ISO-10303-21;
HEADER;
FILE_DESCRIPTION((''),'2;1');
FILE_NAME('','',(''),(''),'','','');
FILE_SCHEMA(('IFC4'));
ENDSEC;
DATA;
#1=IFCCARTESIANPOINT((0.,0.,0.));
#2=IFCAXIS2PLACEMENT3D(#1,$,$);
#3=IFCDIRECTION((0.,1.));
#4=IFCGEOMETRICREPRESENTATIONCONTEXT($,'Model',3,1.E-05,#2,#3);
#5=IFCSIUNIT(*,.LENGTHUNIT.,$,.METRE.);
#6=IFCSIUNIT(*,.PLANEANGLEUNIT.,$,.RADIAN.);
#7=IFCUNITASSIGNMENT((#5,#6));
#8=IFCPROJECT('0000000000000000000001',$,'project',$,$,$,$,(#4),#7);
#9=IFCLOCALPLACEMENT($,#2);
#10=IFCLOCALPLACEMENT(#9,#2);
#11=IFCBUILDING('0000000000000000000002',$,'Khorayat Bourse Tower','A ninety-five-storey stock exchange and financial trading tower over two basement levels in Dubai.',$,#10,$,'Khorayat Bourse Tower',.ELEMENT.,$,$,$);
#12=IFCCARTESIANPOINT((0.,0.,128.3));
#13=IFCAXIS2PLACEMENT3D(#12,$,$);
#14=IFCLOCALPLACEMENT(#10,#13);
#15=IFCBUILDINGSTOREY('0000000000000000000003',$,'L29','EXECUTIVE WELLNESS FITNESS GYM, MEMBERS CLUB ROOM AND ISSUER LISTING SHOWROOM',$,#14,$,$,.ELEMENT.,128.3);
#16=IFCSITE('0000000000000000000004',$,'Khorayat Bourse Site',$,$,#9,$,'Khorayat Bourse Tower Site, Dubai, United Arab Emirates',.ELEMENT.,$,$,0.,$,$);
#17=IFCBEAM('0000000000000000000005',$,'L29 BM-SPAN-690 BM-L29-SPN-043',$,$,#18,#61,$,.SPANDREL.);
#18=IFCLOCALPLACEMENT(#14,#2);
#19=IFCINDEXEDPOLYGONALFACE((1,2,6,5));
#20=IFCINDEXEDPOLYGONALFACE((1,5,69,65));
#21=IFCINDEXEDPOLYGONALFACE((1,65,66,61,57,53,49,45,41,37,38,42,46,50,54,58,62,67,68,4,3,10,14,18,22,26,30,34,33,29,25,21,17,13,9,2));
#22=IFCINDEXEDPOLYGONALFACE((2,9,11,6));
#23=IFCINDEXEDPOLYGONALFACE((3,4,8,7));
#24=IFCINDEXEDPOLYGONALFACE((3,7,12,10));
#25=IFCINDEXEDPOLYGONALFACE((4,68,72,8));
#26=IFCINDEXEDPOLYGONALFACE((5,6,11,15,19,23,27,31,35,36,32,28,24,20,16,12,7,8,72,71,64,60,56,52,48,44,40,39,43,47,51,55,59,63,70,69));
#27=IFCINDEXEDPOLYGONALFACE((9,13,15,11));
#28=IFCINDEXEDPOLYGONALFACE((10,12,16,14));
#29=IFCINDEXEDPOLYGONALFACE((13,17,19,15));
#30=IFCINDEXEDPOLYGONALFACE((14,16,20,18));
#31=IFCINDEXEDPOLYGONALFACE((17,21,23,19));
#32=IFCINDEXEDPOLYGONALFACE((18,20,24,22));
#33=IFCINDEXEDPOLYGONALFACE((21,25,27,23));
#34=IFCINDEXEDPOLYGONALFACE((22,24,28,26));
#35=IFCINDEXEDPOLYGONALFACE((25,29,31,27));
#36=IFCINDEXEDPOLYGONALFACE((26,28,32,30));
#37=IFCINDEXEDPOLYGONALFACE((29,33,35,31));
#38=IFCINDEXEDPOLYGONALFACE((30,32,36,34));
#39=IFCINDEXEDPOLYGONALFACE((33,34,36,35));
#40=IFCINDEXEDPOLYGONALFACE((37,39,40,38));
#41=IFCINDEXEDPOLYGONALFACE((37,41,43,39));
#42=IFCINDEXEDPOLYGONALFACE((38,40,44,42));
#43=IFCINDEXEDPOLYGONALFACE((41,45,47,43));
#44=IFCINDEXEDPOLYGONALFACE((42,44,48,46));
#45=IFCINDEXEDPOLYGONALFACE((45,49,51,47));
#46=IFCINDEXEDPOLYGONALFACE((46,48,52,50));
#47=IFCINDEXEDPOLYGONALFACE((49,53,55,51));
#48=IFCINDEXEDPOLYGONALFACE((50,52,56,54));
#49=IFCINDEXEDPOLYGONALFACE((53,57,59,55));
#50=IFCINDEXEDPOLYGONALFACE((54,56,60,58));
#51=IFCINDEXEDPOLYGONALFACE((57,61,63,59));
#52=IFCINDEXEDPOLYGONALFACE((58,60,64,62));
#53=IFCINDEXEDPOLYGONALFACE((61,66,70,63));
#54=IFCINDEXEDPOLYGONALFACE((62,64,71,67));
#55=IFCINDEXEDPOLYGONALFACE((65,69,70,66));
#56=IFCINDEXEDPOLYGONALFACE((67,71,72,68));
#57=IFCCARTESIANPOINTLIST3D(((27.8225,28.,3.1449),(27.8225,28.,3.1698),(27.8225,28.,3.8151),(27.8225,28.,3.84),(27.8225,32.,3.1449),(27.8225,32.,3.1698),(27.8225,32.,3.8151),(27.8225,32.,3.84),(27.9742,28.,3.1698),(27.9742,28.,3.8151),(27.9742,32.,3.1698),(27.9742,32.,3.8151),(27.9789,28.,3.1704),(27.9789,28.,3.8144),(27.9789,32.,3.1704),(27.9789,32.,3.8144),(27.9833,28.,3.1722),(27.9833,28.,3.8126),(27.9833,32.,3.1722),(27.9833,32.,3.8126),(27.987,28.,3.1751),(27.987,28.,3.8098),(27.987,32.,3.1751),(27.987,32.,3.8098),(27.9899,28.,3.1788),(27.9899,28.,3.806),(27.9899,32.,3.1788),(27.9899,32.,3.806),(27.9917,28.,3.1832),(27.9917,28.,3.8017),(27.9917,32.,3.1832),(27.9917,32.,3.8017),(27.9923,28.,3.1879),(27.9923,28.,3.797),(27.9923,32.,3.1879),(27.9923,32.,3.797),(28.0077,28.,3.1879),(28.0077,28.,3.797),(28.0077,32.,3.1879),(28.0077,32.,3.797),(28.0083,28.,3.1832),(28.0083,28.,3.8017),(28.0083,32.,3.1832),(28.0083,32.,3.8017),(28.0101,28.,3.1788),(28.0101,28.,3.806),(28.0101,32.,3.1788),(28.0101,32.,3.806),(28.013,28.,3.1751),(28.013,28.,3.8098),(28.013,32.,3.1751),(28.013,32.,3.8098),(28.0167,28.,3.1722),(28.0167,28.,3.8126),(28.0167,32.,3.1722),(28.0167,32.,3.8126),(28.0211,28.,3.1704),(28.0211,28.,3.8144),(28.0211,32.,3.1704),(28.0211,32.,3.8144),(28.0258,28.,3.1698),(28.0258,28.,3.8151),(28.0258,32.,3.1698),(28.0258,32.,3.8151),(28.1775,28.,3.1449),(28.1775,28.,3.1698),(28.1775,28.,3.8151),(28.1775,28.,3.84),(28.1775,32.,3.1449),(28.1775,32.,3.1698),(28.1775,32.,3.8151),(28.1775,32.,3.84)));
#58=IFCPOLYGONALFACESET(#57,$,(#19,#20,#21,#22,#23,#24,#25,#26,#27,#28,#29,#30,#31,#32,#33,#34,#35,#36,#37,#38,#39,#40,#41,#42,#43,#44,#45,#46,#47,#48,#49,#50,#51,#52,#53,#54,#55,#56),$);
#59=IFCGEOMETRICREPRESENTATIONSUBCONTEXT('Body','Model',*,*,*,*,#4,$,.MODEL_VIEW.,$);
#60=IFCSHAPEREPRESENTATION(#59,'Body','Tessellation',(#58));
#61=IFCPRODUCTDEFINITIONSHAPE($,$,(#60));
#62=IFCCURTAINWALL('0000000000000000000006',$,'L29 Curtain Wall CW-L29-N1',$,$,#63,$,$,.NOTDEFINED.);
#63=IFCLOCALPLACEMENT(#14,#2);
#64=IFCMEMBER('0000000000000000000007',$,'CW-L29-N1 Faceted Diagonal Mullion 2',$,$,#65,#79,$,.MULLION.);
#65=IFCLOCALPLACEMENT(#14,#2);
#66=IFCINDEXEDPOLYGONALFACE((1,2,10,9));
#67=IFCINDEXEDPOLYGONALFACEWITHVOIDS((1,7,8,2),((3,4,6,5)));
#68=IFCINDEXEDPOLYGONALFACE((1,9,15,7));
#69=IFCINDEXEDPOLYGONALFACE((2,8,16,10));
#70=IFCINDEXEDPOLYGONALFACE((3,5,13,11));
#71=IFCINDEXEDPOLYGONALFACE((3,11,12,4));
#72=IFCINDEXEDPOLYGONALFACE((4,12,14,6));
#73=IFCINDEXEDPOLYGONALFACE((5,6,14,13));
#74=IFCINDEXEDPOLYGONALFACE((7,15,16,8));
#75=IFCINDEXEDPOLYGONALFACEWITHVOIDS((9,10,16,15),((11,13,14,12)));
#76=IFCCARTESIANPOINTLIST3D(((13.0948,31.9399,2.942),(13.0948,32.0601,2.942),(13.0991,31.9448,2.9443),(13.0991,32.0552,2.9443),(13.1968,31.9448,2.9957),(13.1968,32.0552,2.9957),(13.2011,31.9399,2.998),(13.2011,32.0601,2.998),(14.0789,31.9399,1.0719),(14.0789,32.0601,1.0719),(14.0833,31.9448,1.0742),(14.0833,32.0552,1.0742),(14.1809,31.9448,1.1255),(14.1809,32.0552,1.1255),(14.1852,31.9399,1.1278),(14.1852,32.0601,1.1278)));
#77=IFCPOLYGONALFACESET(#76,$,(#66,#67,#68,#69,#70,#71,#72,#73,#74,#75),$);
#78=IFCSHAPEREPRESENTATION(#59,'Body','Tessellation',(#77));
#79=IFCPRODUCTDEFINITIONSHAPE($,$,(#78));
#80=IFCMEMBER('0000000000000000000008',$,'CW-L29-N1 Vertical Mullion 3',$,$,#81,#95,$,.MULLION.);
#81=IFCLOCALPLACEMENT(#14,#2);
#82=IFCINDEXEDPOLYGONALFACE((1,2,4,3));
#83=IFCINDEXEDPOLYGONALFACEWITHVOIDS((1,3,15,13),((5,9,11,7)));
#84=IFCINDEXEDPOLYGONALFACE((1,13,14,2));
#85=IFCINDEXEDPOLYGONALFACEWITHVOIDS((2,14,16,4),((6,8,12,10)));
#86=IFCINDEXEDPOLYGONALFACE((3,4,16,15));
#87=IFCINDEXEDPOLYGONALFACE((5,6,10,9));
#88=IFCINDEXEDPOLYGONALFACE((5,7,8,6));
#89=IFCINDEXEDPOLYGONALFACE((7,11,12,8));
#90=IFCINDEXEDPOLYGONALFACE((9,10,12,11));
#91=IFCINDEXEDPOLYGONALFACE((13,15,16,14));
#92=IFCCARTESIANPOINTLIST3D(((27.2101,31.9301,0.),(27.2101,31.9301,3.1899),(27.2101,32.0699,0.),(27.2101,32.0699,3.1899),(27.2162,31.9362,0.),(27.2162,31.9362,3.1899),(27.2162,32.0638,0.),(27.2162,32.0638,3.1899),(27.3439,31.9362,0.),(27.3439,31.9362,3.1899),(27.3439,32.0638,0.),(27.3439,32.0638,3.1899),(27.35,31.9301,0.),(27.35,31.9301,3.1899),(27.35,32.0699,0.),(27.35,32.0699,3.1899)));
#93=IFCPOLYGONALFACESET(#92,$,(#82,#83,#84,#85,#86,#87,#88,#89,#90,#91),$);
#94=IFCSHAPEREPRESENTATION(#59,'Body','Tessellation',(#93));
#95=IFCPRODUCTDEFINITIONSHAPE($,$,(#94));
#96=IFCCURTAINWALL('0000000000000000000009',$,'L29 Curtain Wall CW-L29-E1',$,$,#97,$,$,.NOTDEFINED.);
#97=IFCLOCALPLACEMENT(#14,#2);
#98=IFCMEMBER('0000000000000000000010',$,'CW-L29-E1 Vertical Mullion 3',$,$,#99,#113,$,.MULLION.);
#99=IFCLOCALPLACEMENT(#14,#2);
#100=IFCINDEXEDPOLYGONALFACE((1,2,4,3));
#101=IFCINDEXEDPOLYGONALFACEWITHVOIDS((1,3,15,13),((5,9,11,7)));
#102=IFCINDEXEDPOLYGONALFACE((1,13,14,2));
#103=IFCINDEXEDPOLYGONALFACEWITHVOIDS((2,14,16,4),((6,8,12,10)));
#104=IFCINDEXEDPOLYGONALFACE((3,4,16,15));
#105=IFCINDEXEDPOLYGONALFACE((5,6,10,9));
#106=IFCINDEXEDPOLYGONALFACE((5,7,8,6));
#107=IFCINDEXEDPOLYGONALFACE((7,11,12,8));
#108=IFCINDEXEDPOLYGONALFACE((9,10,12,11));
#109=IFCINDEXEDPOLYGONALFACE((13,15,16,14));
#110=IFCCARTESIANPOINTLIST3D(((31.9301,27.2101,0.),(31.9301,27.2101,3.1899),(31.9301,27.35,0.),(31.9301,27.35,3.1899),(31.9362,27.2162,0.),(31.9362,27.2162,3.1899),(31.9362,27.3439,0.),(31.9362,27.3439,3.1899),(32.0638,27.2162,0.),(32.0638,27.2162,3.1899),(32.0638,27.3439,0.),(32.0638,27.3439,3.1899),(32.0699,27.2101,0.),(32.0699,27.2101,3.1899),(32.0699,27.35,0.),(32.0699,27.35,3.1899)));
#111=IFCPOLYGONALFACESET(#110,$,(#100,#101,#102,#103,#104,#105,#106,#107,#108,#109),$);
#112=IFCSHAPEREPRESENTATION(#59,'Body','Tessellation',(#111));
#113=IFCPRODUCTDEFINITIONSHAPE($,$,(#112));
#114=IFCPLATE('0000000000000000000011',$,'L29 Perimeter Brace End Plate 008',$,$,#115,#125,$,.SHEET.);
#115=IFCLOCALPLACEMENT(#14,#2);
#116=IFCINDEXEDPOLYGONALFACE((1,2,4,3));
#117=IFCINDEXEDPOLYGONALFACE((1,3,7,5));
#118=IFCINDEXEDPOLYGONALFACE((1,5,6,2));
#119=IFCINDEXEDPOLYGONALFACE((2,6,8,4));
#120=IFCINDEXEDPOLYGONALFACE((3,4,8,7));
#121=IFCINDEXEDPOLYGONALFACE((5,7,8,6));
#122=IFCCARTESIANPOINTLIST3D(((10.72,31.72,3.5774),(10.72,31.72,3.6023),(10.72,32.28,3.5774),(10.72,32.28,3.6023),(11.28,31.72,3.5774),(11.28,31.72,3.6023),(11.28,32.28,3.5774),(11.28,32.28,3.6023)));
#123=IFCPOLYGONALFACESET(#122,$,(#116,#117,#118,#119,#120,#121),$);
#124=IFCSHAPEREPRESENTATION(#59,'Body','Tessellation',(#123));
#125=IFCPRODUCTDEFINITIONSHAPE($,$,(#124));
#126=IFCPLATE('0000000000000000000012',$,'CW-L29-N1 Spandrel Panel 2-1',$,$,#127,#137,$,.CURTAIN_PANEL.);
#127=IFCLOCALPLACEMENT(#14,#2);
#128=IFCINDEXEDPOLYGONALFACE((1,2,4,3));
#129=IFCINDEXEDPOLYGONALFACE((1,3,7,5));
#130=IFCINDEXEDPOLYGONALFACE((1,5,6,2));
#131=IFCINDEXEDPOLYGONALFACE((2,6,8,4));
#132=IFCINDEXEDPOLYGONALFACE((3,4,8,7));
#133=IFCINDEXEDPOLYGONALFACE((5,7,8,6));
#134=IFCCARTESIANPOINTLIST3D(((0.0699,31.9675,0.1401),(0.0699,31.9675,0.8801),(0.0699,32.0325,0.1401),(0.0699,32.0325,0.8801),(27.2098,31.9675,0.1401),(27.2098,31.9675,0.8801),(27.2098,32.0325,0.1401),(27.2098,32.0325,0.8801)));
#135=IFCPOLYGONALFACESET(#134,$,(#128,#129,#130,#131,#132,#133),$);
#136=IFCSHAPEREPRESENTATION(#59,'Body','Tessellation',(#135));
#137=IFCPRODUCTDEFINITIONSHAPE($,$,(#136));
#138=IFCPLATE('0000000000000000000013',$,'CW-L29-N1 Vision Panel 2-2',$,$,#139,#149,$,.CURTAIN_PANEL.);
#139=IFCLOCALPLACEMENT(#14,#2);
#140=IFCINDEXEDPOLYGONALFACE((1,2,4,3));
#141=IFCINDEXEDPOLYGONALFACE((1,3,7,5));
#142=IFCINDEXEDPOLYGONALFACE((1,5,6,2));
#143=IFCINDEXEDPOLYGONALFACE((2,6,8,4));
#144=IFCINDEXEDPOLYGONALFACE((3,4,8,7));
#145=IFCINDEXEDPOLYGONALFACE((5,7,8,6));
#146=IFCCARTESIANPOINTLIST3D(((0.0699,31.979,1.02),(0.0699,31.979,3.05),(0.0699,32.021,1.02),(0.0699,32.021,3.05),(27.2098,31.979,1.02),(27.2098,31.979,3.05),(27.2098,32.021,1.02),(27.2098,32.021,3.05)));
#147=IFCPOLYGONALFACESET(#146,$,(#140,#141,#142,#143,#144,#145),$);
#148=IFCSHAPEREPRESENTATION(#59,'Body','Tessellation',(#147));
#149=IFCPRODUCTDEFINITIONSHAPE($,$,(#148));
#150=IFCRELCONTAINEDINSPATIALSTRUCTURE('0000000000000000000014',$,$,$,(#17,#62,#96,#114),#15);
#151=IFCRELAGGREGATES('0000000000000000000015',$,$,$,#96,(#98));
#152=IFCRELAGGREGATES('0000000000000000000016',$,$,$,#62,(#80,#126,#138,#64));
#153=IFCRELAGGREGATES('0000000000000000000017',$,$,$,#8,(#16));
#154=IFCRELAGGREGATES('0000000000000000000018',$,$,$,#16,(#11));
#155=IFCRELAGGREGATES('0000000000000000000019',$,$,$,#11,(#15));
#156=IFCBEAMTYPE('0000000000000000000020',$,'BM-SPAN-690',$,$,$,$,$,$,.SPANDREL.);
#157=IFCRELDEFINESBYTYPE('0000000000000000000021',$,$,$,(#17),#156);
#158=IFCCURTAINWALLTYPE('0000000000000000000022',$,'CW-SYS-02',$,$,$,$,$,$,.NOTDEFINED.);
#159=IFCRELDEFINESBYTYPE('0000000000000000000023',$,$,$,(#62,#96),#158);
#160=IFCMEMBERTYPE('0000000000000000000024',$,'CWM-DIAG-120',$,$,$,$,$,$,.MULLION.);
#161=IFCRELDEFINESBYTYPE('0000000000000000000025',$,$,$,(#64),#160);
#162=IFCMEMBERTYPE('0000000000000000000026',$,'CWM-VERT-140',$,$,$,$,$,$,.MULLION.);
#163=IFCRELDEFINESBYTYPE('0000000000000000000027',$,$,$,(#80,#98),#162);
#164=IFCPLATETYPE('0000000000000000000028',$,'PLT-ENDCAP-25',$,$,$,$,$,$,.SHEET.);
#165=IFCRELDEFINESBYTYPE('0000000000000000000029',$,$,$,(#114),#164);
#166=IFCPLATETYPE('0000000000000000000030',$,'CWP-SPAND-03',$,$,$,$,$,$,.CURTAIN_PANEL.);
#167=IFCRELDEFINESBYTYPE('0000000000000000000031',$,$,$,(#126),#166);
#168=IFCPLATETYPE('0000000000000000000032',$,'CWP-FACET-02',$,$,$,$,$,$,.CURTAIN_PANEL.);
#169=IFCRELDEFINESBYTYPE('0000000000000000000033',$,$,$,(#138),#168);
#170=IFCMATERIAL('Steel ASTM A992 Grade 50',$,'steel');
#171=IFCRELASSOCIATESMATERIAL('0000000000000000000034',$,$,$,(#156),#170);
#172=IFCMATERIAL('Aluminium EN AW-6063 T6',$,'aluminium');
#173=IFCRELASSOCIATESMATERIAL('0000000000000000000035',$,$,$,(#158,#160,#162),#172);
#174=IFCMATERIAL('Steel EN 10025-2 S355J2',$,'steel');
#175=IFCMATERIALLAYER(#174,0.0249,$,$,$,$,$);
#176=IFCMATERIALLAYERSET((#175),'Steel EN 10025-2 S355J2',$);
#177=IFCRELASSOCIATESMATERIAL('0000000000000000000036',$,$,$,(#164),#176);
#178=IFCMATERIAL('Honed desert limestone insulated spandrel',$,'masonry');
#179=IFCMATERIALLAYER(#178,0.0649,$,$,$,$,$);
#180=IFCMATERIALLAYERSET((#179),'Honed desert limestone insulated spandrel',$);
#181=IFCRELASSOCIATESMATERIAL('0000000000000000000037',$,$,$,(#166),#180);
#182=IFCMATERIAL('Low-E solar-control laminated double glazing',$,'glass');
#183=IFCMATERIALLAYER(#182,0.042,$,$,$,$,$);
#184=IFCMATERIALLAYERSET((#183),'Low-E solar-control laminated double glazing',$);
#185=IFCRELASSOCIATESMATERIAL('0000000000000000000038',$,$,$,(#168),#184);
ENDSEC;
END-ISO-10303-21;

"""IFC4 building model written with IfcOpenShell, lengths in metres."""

from ifc_helpers import new_model, si_unit, direction, frame, origin, origin_2d, place, context, subcontext, project, spatial, rectangle, hollow_rectangle, i_section, extrude, source, transform, mapped, material, layer, layer_set, material_profile, profile_set, type_object, element, aggregate, save


model = new_model("IFC4")

# Units and contexts
model_context = context("Model", 3, precision=1e-05, world=origin(), true_north=direction((0.0, 1.0)))
body_context = subcontext(model_context, "Body", "Model", "MODEL_VIEW")
ifc_project = project(units=[si_unit("LENGTHUNIT", "METRE"), si_unit("PLANEANGLEUNIT", "RADIAN")], contexts=[model_context])

# Site, building, storey
site_placement = place(None, origin())
site = spatial("IfcSite", under=ifc_project, at=site_placement, Name="Khorayat Bourse Site", LongName="Khorayat Bourse Tower Site, Dubai, United Arab Emirates", CompositionType="ELEMENT", RefElevation=0.0)
building_placement = place(site_placement, origin())
building = spatial("IfcBuilding", under=site, at=building_placement, Name="Khorayat Bourse Tower", Description="A ninety-five-storey stock exchange and financial trading tower over two basement levels in Dubai.", LongName="Khorayat Bourse Tower", CompositionType="ELEMENT")
storey_placement = place(building_placement, frame((0.0, 0.0, 128.3)))
storey = spatial("IfcBuildingStorey", under=building, at=storey_placement, Name="L29", Description="EXECUTIVE WELLNESS FITNESS GYM, MEMBERS CLUB ROOM AND ISSUER LISTING SHOWROOM", CompositionType="ELEMENT", Elevation=128.3)

# Beam
ifc_material_1 = material(Name="Steel ASTM A992 Grade 50", Category="steel")
ifc_material_profile_1 = material_profile(ifc_material_1, i_section(OverallWidth=0.355, OverallDepth=0.6951, WebThickness=0.0154, FlangeThickness=0.0249, FilletRadius=0.0181, at=origin_2d()), Name="W690X217")
ifc_profile_set_1 = profile_set([ifc_material_profile_1], Name="Steel ASTM A992 Grade 50")
beam_type_1 = type_object("IfcBeamType", Name="BM-SPAN-690", PredefinedType="SPANDREL", material=ifc_profile_set_1)
shared_shape_1 = source(origin(), body_context, "Body", "SweptSolid", [
    extrude(i_section(OverallWidth=0.355, OverallDepth=0.6951, WebThickness=0.0154, FlangeThickness=0.0249, FilletRadius=0.0181, at=origin_2d()), origin(), (0.0, 0.0, 1.0), 4.0),
])
for number, where, z_axis, x_axis, name in (
    (1, (28.0, 28.0, 3.4924), (0.0, 1.0, 0.0), (-1.0, 0.0, 0.0), "L29 BM-SPAN-690 BM-L29-SPN-043"),
):
    element("IfcBeam", number, at=place(storey_placement, frame(where, z_axis=z_axis, x_axis=x_axis)), inside=storey, type_object=beam_type_1, Name=name, PredefinedType="SPANDREL", context=body_context, shape_type="MappedRepresentation", body=[
        mapped(shared_shape_1, transform((0.0, 0.0, 0.0), scale=1.0)),
    ])

# Curtain wall, members
ifc_material_2 = material(Name="Aluminium EN AW-6063 T6", Category="aluminium")
curtain_wall_type = type_object("IfcCurtainWallType", Name="CW-SYS-02", PredefinedType="NOTDEFINED", material=ifc_material_2)
curtain_wall_1_placement = place(storey_placement, origin())
curtain_wall_1 = element("IfcCurtainWall", 2, at=curtain_wall_1_placement, inside=storey, type_object=curtain_wall_type, Name="L29 Curtain Wall CW-L29-N1", PredefinedType="NOTDEFINED")
ifc_material_profile_2 = material_profile(ifc_material_2, hollow_rectangle(XDim=0.1201, YDim=0.1201, WallThickness=0.0049, at=origin_2d()), Name="ALU 120x120x5")
ifc_profile_set_2 = profile_set([ifc_material_profile_2], Name="Aluminium EN AW-6063 T6")
member_type_1 = type_object("IfcMemberType", Name="CWM-DIAG-120", PredefinedType="MULLION", material=ifc_profile_set_2)
shared_shape_2 = source(origin(), body_context, "Body", "SweptSolid", [
    extrude(hollow_rectangle(XDim=0.1201, YDim=0.1201, WallThickness=0.0049, at=origin_2d()), origin(), (0.0, 0.0, 1.0), 2.1133),
])
member_1_placement = place(storey_placement, frame((14.1321, 32.0, 1.0999), z_axis=(-0.465694, 0.0, 0.884946), x_axis=(0.0, -1.0, 0.0)))
member_1 = element("IfcMember", 3, at=member_1_placement, type_object=member_type_1, Name="CW-L29-N1 Faceted Diagonal Mullion 2", PredefinedType="MULLION", context=body_context, shape_type="MappedRepresentation", body=[
    mapped(shared_shape_2, transform((0.0, 0.0, 0.0), scale=1.0)),
])
ifc_material_profile_3 = material_profile(ifc_material_2, hollow_rectangle(XDim=0.1399, YDim=0.1399, WallThickness=0.0061, at=origin_2d()), Name="ALU 140x140x6")
ifc_profile_set_3 = profile_set([ifc_material_profile_3], Name="Aluminium EN AW-6063 T6")
member_type_2 = type_object("IfcMemberType", Name="CWM-VERT-140", PredefinedType="MULLION", material=ifc_profile_set_3)
shared_shape_3 = source(origin(), body_context, "Body", "SweptSolid", [
    extrude(hollow_rectangle(XDim=0.1399, YDim=0.1399, WallThickness=0.0061, at=origin_2d()), origin(), (0.0, 0.0, 1.0), 3.1899),
])
member_2_placement = place(storey_placement, frame((27.28, 32.0, 0.0), z_axis=(0.0, 0.0, 1.0), x_axis=(0.0, 1.0, 0.0)))
member_2 = element("IfcMember", 4, at=member_2_placement, type_object=member_type_2, Name="CW-L29-N1 Vertical Mullion 3", PredefinedType="MULLION", context=body_context, shape_type="MappedRepresentation", body=[
    mapped(shared_shape_3, transform((0.0, 0.0, 0.0), scale=1.0)),
])

# Curtain wall, member
curtain_wall_2_placement = place(storey_placement, origin())
curtain_wall_2 = element("IfcCurtainWall", 5, at=curtain_wall_2_placement, inside=storey, type_object=curtain_wall_type, Name="L29 Curtain Wall CW-L29-E1", PredefinedType="NOTDEFINED")
member_3_placement = place(storey_placement, frame((32.0, 27.28, 0.0), z_axis=(0.0, 0.0, 1.0), x_axis=(-1.0, 0.0, 0.0)))
member_3 = element("IfcMember", 6, at=member_3_placement, type_object=member_type_2, Name="CW-L29-E1 Vertical Mullion 3", PredefinedType="MULLION", context=body_context, shape_type="MappedRepresentation", body=[
    mapped(shared_shape_3, transform((0.0, 0.0, 0.0), scale=1.0)),
])
aggregate(curtain_wall_2, [member_3])

# Plates
ifc_material_3 = material(Name="Steel EN 10025-2 S355J2", Category="steel")
ifc_layer_1 = layer(ifc_material_3, 0.0249)
ifc_layer_set_1 = layer_set([ifc_layer_1], Name="Steel EN 10025-2 S355J2")
plate_type_1 = type_object("IfcPlateType", Name="PLT-ENDCAP-25", PredefinedType="SHEET", material=ifc_layer_set_1)
shared_shape_4 = source(origin(), body_context, "Body", "SweptSolid", [
    extrude(rectangle(XDim=0.5601, YDim=0.5601, at=origin_2d()), origin(), (0.0, 0.0, 1.0), 0.0249),
])
plate_1_placement = place(storey_placement, frame((11.0, 32.0, 3.5774), z_axis=(0.0, 0.0, 1.0), x_axis=(1.0, 0.0, 0.0)))
element("IfcPlate", 7, at=plate_1_placement, inside=storey, type_object=plate_type_1, Name="L29 Perimeter Brace End Plate 008", PredefinedType="SHEET", context=body_context, shape_type="MappedRepresentation", body=[
    mapped(shared_shape_4, transform((0.0, 0.0, 0.0), scale=1.0)),
])
ifc_material_4 = material(Name="Honed desert limestone insulated spandrel", Category="masonry")
ifc_layer_2 = layer(ifc_material_4, 0.0649)
ifc_layer_set_2 = layer_set([ifc_layer_2], Name="Honed desert limestone insulated spandrel")
plate_type_2 = type_object("IfcPlateType", Name="CWP-SPAND-03", PredefinedType="CURTAIN_PANEL", material=ifc_layer_set_2)
shared_shape_5 = source(origin(), body_context, "Body", "SweptSolid", [
    extrude(rectangle(XDim=27.1399, YDim=0.0649, at=origin_2d()), origin(), (0.0, 0.0, 1.0), 0.74),
])
plate_2_placement = place(storey_placement, frame((13.6399, 32.0, 0.1401), z_axis=(0.0, 0.0, 1.0), x_axis=(1.0, 0.0, 0.0)))
plate_2 = element("IfcPlate", 8, at=plate_2_placement, type_object=plate_type_2, Name="CW-L29-N1 Spandrel Panel 2-1", PredefinedType="CURTAIN_PANEL", context=body_context, shape_type="MappedRepresentation", body=[
    mapped(shared_shape_5, transform((0.0, 0.0, 0.0), scale=1.0)),
])
ifc_material_5 = material(Name="Low-E solar-control laminated double glazing", Category="glass")
ifc_layer_3 = layer(ifc_material_5, 0.042)
ifc_layer_set_3 = layer_set([ifc_layer_3], Name="Low-E solar-control laminated double glazing")
plate_type_3 = type_object("IfcPlateType", Name="CWP-FACET-02", PredefinedType="CURTAIN_PANEL", material=ifc_layer_set_3)
shared_shape_6 = source(origin(), body_context, "Body", "SweptSolid", [
    extrude(rectangle(XDim=27.1399, YDim=0.042, at=origin_2d()), origin(), (0.0, 0.0, 1.0), 2.03),
])
plate_3_placement = place(storey_placement, frame((13.6399, 32.0, 1.02), z_axis=(0.0, 0.0, 1.0), x_axis=(1.0, 0.0, 0.0)))
plate_3 = element("IfcPlate", 9, at=plate_3_placement, type_object=plate_type_3, Name="CW-L29-N1 Vision Panel 2-2", PredefinedType="CURTAIN_PANEL", context=body_context, shape_type="MappedRepresentation", body=[
    mapped(shared_shape_6, transform((0.0, 0.0, 0.0), scale=1.0)),
])
aggregate(curtain_wall_1, [member_2, plate_2, plate_3, member_1])

save(model, "model.ifc")
